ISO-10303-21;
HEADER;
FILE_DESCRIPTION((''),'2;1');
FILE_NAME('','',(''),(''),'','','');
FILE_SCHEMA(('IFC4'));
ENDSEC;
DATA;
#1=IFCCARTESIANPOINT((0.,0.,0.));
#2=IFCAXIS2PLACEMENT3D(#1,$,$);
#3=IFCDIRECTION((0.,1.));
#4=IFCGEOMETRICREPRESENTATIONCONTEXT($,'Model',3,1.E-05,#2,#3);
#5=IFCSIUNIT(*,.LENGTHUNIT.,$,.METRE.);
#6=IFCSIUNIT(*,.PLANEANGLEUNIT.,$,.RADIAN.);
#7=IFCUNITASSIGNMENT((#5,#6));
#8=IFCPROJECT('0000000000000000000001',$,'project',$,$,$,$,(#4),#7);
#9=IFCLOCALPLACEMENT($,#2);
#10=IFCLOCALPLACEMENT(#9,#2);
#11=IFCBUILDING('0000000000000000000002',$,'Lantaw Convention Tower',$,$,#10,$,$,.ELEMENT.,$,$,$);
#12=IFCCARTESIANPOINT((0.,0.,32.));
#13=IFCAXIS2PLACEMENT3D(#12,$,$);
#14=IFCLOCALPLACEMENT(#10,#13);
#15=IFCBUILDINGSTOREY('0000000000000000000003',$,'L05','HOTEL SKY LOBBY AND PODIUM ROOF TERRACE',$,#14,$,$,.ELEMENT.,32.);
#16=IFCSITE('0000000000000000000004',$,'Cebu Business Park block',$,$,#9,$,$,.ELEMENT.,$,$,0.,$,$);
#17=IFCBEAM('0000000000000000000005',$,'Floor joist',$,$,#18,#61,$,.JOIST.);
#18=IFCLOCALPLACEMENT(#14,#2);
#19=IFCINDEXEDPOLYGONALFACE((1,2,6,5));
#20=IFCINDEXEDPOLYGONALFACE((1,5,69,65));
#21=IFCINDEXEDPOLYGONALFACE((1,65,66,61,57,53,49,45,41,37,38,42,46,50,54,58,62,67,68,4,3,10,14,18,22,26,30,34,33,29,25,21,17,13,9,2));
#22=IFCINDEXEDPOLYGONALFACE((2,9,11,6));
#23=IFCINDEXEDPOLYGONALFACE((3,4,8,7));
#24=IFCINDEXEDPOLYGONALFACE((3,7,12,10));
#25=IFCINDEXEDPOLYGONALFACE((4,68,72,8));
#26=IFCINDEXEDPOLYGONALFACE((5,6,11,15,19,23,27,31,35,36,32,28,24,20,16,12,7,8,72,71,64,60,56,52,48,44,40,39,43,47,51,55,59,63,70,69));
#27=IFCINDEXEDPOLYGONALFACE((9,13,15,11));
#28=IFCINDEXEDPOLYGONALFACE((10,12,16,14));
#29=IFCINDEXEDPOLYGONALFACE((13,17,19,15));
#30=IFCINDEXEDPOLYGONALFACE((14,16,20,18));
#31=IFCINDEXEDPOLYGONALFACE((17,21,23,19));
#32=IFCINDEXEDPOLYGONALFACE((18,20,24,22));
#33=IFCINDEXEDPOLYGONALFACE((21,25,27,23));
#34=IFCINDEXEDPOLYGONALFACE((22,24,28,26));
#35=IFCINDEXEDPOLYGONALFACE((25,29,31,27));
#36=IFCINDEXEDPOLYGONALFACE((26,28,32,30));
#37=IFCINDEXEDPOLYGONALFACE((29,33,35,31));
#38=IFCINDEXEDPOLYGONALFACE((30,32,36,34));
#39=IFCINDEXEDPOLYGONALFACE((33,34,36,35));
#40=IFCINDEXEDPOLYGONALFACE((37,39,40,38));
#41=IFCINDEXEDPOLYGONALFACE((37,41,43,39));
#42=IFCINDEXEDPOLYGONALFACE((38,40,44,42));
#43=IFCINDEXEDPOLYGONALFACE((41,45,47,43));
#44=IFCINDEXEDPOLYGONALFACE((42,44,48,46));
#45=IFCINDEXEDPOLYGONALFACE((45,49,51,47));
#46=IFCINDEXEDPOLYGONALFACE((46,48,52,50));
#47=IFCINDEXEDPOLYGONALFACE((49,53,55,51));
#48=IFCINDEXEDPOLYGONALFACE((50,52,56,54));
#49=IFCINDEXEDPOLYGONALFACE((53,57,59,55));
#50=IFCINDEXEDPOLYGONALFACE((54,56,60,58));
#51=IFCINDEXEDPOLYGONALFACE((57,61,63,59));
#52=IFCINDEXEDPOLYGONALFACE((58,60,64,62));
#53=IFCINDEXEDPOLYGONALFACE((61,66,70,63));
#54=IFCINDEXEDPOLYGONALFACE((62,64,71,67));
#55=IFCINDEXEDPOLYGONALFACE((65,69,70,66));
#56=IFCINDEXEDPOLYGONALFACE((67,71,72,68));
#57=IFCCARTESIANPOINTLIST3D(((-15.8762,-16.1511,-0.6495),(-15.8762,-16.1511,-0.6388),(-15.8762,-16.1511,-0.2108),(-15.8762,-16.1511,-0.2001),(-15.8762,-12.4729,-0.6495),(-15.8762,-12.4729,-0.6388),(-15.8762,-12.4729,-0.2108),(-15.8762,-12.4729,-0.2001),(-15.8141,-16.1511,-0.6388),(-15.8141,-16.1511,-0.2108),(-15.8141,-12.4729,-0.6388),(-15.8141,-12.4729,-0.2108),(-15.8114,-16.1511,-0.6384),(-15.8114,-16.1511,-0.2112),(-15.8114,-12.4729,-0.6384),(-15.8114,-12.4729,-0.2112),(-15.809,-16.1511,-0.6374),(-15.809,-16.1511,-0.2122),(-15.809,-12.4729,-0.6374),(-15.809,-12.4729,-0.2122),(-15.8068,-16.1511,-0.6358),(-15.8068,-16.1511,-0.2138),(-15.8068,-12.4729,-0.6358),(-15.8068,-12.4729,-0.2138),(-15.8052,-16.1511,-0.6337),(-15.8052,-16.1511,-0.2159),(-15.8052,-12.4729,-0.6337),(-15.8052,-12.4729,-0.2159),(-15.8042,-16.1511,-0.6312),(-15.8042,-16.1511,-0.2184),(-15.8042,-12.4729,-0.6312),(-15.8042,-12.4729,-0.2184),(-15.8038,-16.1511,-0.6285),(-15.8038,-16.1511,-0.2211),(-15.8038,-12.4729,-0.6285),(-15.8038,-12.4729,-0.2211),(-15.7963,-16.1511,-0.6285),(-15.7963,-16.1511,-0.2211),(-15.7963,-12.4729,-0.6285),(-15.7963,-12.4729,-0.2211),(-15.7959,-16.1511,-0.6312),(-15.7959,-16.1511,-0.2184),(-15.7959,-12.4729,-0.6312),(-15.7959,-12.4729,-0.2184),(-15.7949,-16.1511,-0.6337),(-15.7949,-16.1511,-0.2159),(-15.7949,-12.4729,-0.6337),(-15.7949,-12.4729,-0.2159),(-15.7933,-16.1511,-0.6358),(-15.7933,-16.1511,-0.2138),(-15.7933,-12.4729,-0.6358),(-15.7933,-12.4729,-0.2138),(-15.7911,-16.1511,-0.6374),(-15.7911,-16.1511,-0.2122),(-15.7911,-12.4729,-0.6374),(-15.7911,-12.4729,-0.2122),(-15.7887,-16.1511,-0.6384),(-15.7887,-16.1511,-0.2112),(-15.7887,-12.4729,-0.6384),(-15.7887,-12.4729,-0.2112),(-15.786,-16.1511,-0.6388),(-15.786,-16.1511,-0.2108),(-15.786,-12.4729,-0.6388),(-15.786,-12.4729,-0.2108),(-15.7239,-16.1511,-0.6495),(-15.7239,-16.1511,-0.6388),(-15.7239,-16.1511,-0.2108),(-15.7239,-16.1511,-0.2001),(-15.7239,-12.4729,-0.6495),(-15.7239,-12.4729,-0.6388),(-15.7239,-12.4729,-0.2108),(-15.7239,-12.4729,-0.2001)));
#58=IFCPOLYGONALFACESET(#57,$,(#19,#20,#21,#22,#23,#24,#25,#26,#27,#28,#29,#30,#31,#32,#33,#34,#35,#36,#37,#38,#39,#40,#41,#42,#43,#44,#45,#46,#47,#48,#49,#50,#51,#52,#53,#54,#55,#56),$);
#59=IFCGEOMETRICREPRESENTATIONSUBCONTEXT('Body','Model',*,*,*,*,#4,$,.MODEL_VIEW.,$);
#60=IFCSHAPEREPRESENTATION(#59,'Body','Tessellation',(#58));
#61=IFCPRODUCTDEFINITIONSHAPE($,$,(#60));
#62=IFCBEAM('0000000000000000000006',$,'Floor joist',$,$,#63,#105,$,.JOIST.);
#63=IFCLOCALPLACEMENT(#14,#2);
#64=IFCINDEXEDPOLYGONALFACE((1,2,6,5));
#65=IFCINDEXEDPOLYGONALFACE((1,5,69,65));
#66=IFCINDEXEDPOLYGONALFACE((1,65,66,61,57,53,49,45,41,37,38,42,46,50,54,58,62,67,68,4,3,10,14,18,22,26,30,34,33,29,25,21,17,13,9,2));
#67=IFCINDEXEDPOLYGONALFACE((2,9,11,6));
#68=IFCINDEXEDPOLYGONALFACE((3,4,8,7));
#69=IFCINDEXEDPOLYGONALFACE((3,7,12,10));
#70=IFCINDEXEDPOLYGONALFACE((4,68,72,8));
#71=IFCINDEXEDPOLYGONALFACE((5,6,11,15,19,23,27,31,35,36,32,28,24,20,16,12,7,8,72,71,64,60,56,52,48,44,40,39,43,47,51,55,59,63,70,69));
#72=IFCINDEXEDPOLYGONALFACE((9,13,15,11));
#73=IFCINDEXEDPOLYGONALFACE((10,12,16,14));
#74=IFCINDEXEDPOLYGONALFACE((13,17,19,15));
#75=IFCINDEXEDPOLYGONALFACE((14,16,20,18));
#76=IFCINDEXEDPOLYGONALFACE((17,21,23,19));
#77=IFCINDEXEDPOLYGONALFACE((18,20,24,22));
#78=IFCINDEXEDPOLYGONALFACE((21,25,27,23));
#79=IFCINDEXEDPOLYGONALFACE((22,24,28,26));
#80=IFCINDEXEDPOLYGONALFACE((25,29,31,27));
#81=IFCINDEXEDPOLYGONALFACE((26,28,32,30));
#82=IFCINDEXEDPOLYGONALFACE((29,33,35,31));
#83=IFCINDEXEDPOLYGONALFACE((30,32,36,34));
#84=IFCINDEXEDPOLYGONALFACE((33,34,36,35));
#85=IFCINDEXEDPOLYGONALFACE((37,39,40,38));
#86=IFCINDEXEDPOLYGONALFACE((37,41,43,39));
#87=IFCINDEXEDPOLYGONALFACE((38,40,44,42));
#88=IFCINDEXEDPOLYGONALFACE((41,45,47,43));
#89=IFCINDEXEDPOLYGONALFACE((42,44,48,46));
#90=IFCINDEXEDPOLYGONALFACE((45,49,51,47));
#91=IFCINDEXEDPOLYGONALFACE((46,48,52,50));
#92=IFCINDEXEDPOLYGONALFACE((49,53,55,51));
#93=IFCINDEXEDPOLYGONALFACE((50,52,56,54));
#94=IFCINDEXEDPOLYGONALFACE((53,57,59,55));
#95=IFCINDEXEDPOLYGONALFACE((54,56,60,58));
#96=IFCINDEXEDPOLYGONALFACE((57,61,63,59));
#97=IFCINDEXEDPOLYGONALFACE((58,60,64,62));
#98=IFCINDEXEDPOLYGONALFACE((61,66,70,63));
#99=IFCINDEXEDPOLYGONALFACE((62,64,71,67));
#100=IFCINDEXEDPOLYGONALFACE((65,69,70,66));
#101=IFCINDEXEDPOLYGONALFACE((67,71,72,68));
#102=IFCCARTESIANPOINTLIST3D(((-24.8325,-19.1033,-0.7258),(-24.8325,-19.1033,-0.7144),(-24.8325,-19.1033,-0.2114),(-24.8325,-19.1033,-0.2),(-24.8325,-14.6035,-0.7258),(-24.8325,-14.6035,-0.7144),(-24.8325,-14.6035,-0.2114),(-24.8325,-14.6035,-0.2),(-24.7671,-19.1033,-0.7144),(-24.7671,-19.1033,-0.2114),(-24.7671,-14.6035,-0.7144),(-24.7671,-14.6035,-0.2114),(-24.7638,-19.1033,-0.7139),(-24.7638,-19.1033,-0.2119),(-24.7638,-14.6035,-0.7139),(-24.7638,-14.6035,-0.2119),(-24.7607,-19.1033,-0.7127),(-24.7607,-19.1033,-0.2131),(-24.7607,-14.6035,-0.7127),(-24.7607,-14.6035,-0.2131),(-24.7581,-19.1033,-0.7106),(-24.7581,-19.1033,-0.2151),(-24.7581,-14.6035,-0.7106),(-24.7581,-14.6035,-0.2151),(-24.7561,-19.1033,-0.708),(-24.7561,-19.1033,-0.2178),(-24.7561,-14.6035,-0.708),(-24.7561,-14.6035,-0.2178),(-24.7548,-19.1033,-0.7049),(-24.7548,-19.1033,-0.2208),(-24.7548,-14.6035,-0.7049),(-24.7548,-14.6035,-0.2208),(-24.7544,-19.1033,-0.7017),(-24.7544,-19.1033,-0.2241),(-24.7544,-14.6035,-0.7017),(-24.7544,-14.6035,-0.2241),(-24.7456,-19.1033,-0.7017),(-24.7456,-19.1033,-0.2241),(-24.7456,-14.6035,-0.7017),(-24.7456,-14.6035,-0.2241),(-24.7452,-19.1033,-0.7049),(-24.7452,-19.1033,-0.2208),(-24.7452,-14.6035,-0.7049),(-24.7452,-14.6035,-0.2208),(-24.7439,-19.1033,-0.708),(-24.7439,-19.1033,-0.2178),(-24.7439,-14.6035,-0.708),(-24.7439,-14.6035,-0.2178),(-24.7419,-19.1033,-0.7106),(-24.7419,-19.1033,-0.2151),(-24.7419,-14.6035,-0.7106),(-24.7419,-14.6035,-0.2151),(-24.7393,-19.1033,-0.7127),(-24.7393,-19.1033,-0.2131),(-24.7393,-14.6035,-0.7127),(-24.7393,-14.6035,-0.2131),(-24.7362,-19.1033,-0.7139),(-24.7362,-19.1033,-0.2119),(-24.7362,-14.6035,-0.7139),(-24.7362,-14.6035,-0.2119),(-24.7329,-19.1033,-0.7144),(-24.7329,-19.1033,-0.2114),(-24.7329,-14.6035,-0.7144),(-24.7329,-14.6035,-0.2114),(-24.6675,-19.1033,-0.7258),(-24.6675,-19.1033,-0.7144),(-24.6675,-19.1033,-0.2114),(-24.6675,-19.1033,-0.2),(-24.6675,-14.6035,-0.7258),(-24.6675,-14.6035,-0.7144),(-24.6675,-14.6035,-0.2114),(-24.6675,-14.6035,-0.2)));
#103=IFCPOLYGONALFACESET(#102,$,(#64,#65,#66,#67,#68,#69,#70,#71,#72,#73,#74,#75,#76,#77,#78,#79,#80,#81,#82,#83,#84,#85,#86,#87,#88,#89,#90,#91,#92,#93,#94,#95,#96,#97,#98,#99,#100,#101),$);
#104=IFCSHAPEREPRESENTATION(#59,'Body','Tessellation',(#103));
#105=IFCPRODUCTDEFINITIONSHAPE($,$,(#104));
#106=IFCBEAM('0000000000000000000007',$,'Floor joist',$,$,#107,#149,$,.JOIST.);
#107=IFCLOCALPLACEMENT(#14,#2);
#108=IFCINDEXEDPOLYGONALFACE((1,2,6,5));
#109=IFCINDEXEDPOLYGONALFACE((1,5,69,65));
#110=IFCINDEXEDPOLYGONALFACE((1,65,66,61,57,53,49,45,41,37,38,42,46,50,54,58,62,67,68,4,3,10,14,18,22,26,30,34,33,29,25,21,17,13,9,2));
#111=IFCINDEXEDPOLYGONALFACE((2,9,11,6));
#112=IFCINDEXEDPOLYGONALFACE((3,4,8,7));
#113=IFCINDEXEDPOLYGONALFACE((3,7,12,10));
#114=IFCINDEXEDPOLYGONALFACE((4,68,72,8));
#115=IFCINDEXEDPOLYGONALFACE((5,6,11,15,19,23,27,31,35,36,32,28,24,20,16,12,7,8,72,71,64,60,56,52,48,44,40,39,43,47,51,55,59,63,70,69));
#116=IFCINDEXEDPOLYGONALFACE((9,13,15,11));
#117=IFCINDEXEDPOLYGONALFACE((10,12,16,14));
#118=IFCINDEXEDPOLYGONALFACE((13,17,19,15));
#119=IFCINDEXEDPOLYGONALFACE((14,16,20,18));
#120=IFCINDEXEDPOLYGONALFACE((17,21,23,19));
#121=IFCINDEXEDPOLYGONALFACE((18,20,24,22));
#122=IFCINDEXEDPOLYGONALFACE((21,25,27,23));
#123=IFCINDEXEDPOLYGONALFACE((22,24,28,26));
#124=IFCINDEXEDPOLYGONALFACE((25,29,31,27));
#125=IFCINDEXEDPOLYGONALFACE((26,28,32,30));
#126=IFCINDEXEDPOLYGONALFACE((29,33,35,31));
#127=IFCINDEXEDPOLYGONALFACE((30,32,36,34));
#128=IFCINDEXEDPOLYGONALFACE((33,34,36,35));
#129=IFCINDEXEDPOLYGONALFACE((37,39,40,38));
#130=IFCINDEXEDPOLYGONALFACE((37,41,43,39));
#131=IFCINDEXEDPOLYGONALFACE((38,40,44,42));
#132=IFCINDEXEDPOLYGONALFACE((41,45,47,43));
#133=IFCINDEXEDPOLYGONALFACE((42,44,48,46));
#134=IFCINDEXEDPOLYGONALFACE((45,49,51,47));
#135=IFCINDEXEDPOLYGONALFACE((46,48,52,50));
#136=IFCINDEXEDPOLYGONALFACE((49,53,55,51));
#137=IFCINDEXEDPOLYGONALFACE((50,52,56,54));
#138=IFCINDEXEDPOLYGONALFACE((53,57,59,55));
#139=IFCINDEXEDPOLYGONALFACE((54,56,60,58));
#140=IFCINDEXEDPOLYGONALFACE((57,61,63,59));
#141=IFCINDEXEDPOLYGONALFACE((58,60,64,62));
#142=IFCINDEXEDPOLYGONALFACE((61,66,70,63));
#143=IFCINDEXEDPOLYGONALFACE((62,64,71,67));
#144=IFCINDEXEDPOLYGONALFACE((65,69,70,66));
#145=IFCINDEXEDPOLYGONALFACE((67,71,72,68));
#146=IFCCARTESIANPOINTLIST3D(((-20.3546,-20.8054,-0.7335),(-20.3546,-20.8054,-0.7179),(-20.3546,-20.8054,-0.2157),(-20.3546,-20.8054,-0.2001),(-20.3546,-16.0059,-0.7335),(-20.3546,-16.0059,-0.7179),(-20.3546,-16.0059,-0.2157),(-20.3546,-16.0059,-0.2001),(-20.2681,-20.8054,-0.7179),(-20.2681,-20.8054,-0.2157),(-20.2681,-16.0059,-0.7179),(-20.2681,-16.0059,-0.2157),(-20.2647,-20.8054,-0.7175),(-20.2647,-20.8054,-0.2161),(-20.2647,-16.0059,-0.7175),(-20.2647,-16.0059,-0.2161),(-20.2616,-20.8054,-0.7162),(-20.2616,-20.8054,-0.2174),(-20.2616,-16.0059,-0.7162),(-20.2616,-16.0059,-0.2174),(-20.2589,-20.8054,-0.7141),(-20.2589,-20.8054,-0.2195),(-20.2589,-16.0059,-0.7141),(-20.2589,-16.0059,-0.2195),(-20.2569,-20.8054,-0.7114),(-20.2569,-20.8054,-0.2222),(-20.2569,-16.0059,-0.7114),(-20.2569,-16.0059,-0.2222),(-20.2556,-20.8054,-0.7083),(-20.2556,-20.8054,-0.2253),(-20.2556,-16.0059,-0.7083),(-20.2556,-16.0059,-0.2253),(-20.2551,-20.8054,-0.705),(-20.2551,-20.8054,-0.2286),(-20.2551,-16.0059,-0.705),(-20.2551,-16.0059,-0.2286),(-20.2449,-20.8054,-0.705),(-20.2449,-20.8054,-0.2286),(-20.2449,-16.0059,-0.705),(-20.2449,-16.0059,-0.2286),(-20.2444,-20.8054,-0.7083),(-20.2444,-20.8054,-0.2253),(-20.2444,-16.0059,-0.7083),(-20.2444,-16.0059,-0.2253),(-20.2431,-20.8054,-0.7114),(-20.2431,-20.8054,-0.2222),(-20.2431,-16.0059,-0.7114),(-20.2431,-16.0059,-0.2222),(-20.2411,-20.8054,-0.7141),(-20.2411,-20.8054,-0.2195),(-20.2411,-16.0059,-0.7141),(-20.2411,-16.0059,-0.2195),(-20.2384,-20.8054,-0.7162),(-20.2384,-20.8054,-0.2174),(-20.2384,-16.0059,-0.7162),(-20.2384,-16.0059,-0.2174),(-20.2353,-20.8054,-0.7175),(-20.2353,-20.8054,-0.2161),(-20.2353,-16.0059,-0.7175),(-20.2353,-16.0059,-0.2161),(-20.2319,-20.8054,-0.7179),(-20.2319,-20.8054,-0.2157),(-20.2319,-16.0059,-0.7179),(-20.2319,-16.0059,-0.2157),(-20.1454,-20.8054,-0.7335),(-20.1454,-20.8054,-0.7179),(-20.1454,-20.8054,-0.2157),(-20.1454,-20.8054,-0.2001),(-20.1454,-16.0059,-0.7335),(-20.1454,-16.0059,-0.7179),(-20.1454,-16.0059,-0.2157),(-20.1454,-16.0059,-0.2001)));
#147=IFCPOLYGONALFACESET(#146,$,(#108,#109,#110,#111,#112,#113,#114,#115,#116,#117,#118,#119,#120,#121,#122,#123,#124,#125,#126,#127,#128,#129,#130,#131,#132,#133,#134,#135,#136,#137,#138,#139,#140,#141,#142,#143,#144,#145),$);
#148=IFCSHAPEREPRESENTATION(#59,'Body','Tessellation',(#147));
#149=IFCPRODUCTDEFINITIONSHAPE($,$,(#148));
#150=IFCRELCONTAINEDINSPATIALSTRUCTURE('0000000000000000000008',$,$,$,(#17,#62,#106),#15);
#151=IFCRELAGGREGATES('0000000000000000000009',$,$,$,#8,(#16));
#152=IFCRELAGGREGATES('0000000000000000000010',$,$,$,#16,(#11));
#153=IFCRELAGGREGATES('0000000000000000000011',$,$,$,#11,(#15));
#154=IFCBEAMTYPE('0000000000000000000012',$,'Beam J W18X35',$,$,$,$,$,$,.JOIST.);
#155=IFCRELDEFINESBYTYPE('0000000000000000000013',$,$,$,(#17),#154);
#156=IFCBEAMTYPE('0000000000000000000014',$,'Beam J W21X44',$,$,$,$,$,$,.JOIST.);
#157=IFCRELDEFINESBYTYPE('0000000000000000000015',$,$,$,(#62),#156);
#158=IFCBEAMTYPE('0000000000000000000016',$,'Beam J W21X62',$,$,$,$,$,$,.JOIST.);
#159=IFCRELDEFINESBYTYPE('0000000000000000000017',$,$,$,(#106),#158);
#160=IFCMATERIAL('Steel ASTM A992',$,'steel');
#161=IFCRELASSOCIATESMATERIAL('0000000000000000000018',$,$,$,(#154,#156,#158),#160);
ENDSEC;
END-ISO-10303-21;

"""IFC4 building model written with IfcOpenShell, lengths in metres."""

from ifc_helpers import new_model, si_unit, direction, frame, origin, origin_2d, place, context, subcontext, project, spatial, i_section, extrude, material, material_profile, profile_set, type_object, element, save


model = new_model("IFC4")

# Units and contexts
model_context = context("Model", 3, precision=1e-05, world=origin(), true_north=direction((0.0, 1.0)))
body_context = subcontext(model_context, "Body", "Model", "MODEL_VIEW")
ifc_project = project(units=[si_unit("LENGTHUNIT", "METRE"), si_unit("PLANEANGLEUNIT", "RADIAN")], contexts=[model_context])

# Site, building, storey
site_placement = place(None, origin())
site = spatial("IfcSite", under=ifc_project, at=site_placement, Name="Cebu Business Park block", CompositionType="ELEMENT", RefElevation=0.0)
building_placement = place(site_placement, origin())
building = spatial("IfcBuilding", under=site, at=building_placement, Name="Lantaw Convention Tower", CompositionType="ELEMENT")
storey_placement = place(building_placement, frame((0.0, 0.0, 32.0)))
storey = spatial("IfcBuildingStorey", under=building, at=storey_placement, Name="L05", Description="HOTEL SKY LOBBY AND PODIUM ROOF TERRACE", CompositionType="ELEMENT", Elevation=32.0)

# Beams
ifc_material_1 = material(Name="Steel ASTM A992", Category="steel")
ifc_material_profile_1 = material_profile(ifc_material_1, i_section(OverallWidth=0.1523, OverallDepth=0.4495, WebThickness=0.0076, FlangeThickness=0.0107, FilletRadius=0.0103, at=origin_2d()), Name="W18X35")
ifc_profile_set_1 = profile_set([ifc_material_profile_1], Name="Steel ASTM A992")
beam_type_1 = type_object("IfcBeamType", Name="Beam J W18X35", PredefinedType="JOIST", material=ifc_profile_set_1)
beam_1_placement = place(storey_placement, frame((-15.8, -16.1511, -0.4248), z_axis=(0.0, 1.0, 0.0), x_axis=(-1.0, 0.0, 0.0)))
element("IfcBeam", 1, at=beam_1_placement, inside=storey, type_object=beam_type_1, Name="Floor joist", PredefinedType="JOIST", context=body_context, shape_type="SweptSolid", body=[
    extrude(i_section(OverallWidth=0.1523, OverallDepth=0.4495, WebThickness=0.0076, FlangeThickness=0.0107, FilletRadius=0.0103, at=origin_2d()), origin(), (0.0, 0.0, 1.0), 3.6782),
])
ifc_material_profile_2 = material_profile(ifc_material_1, i_section(OverallWidth=0.165, OverallDepth=0.5259, WebThickness=0.0088, FlangeThickness=0.0115, FilletRadius=0.0127, at=origin_2d()), Name="W21X44")
ifc_profile_set_2 = profile_set([ifc_material_profile_2], Name="Steel ASTM A992")
beam_type_2 = type_object("IfcBeamType", Name="Beam J W21X44", PredefinedType="JOIST", material=ifc_profile_set_2)
beam_2_placement = place(storey_placement, frame((-24.75, -19.1033, -0.4629), z_axis=(0.0, 1.0, 0.0), x_axis=(-1.0, 0.0, 0.0)))
element("IfcBeam", 2, at=beam_2_placement, inside=storey, type_object=beam_type_2, Name="Floor joist", PredefinedType="JOIST", context=body_context, shape_type="SweptSolid", body=[
    extrude(i_section(OverallWidth=0.165, OverallDepth=0.5259, WebThickness=0.0088, FlangeThickness=0.0115, FilletRadius=0.0127, at=origin_2d()), origin(), (0.0, 0.0, 1.0), 4.4998),
])
ifc_material_profile_3 = material_profile(ifc_material_1, i_section(OverallWidth=0.2092, OverallDepth=0.5334, WebThickness=0.0103, FlangeThickness=0.0156, FilletRadius=0.0129, at=origin_2d()), Name="W21X62")
ifc_profile_set_3 = profile_set([ifc_material_profile_3], Name="Steel ASTM A992")
beam_type_3 = type_object("IfcBeamType", Name="Beam J W21X62", PredefinedType="JOIST", material=ifc_profile_set_3)
beam_3_placement = place(storey_placement, frame((-20.25, -20.8054, -0.4668), z_axis=(0.0, 1.0, 0.0), x_axis=(-1.0, 0.0, 0.0)))
element("IfcBeam", 3, at=beam_3_placement, inside=storey, type_object=beam_type_3, Name="Floor joist", PredefinedType="JOIST", context=body_context, shape_type="SweptSolid", body=[
    extrude(i_section(OverallWidth=0.2092, OverallDepth=0.5334, WebThickness=0.0103, FlangeThickness=0.0156, FilletRadius=0.0129, at=origin_2d()), origin(), (0.0, 0.0, 1.0), 4.7996),
])

save(model, "model.ifc")
